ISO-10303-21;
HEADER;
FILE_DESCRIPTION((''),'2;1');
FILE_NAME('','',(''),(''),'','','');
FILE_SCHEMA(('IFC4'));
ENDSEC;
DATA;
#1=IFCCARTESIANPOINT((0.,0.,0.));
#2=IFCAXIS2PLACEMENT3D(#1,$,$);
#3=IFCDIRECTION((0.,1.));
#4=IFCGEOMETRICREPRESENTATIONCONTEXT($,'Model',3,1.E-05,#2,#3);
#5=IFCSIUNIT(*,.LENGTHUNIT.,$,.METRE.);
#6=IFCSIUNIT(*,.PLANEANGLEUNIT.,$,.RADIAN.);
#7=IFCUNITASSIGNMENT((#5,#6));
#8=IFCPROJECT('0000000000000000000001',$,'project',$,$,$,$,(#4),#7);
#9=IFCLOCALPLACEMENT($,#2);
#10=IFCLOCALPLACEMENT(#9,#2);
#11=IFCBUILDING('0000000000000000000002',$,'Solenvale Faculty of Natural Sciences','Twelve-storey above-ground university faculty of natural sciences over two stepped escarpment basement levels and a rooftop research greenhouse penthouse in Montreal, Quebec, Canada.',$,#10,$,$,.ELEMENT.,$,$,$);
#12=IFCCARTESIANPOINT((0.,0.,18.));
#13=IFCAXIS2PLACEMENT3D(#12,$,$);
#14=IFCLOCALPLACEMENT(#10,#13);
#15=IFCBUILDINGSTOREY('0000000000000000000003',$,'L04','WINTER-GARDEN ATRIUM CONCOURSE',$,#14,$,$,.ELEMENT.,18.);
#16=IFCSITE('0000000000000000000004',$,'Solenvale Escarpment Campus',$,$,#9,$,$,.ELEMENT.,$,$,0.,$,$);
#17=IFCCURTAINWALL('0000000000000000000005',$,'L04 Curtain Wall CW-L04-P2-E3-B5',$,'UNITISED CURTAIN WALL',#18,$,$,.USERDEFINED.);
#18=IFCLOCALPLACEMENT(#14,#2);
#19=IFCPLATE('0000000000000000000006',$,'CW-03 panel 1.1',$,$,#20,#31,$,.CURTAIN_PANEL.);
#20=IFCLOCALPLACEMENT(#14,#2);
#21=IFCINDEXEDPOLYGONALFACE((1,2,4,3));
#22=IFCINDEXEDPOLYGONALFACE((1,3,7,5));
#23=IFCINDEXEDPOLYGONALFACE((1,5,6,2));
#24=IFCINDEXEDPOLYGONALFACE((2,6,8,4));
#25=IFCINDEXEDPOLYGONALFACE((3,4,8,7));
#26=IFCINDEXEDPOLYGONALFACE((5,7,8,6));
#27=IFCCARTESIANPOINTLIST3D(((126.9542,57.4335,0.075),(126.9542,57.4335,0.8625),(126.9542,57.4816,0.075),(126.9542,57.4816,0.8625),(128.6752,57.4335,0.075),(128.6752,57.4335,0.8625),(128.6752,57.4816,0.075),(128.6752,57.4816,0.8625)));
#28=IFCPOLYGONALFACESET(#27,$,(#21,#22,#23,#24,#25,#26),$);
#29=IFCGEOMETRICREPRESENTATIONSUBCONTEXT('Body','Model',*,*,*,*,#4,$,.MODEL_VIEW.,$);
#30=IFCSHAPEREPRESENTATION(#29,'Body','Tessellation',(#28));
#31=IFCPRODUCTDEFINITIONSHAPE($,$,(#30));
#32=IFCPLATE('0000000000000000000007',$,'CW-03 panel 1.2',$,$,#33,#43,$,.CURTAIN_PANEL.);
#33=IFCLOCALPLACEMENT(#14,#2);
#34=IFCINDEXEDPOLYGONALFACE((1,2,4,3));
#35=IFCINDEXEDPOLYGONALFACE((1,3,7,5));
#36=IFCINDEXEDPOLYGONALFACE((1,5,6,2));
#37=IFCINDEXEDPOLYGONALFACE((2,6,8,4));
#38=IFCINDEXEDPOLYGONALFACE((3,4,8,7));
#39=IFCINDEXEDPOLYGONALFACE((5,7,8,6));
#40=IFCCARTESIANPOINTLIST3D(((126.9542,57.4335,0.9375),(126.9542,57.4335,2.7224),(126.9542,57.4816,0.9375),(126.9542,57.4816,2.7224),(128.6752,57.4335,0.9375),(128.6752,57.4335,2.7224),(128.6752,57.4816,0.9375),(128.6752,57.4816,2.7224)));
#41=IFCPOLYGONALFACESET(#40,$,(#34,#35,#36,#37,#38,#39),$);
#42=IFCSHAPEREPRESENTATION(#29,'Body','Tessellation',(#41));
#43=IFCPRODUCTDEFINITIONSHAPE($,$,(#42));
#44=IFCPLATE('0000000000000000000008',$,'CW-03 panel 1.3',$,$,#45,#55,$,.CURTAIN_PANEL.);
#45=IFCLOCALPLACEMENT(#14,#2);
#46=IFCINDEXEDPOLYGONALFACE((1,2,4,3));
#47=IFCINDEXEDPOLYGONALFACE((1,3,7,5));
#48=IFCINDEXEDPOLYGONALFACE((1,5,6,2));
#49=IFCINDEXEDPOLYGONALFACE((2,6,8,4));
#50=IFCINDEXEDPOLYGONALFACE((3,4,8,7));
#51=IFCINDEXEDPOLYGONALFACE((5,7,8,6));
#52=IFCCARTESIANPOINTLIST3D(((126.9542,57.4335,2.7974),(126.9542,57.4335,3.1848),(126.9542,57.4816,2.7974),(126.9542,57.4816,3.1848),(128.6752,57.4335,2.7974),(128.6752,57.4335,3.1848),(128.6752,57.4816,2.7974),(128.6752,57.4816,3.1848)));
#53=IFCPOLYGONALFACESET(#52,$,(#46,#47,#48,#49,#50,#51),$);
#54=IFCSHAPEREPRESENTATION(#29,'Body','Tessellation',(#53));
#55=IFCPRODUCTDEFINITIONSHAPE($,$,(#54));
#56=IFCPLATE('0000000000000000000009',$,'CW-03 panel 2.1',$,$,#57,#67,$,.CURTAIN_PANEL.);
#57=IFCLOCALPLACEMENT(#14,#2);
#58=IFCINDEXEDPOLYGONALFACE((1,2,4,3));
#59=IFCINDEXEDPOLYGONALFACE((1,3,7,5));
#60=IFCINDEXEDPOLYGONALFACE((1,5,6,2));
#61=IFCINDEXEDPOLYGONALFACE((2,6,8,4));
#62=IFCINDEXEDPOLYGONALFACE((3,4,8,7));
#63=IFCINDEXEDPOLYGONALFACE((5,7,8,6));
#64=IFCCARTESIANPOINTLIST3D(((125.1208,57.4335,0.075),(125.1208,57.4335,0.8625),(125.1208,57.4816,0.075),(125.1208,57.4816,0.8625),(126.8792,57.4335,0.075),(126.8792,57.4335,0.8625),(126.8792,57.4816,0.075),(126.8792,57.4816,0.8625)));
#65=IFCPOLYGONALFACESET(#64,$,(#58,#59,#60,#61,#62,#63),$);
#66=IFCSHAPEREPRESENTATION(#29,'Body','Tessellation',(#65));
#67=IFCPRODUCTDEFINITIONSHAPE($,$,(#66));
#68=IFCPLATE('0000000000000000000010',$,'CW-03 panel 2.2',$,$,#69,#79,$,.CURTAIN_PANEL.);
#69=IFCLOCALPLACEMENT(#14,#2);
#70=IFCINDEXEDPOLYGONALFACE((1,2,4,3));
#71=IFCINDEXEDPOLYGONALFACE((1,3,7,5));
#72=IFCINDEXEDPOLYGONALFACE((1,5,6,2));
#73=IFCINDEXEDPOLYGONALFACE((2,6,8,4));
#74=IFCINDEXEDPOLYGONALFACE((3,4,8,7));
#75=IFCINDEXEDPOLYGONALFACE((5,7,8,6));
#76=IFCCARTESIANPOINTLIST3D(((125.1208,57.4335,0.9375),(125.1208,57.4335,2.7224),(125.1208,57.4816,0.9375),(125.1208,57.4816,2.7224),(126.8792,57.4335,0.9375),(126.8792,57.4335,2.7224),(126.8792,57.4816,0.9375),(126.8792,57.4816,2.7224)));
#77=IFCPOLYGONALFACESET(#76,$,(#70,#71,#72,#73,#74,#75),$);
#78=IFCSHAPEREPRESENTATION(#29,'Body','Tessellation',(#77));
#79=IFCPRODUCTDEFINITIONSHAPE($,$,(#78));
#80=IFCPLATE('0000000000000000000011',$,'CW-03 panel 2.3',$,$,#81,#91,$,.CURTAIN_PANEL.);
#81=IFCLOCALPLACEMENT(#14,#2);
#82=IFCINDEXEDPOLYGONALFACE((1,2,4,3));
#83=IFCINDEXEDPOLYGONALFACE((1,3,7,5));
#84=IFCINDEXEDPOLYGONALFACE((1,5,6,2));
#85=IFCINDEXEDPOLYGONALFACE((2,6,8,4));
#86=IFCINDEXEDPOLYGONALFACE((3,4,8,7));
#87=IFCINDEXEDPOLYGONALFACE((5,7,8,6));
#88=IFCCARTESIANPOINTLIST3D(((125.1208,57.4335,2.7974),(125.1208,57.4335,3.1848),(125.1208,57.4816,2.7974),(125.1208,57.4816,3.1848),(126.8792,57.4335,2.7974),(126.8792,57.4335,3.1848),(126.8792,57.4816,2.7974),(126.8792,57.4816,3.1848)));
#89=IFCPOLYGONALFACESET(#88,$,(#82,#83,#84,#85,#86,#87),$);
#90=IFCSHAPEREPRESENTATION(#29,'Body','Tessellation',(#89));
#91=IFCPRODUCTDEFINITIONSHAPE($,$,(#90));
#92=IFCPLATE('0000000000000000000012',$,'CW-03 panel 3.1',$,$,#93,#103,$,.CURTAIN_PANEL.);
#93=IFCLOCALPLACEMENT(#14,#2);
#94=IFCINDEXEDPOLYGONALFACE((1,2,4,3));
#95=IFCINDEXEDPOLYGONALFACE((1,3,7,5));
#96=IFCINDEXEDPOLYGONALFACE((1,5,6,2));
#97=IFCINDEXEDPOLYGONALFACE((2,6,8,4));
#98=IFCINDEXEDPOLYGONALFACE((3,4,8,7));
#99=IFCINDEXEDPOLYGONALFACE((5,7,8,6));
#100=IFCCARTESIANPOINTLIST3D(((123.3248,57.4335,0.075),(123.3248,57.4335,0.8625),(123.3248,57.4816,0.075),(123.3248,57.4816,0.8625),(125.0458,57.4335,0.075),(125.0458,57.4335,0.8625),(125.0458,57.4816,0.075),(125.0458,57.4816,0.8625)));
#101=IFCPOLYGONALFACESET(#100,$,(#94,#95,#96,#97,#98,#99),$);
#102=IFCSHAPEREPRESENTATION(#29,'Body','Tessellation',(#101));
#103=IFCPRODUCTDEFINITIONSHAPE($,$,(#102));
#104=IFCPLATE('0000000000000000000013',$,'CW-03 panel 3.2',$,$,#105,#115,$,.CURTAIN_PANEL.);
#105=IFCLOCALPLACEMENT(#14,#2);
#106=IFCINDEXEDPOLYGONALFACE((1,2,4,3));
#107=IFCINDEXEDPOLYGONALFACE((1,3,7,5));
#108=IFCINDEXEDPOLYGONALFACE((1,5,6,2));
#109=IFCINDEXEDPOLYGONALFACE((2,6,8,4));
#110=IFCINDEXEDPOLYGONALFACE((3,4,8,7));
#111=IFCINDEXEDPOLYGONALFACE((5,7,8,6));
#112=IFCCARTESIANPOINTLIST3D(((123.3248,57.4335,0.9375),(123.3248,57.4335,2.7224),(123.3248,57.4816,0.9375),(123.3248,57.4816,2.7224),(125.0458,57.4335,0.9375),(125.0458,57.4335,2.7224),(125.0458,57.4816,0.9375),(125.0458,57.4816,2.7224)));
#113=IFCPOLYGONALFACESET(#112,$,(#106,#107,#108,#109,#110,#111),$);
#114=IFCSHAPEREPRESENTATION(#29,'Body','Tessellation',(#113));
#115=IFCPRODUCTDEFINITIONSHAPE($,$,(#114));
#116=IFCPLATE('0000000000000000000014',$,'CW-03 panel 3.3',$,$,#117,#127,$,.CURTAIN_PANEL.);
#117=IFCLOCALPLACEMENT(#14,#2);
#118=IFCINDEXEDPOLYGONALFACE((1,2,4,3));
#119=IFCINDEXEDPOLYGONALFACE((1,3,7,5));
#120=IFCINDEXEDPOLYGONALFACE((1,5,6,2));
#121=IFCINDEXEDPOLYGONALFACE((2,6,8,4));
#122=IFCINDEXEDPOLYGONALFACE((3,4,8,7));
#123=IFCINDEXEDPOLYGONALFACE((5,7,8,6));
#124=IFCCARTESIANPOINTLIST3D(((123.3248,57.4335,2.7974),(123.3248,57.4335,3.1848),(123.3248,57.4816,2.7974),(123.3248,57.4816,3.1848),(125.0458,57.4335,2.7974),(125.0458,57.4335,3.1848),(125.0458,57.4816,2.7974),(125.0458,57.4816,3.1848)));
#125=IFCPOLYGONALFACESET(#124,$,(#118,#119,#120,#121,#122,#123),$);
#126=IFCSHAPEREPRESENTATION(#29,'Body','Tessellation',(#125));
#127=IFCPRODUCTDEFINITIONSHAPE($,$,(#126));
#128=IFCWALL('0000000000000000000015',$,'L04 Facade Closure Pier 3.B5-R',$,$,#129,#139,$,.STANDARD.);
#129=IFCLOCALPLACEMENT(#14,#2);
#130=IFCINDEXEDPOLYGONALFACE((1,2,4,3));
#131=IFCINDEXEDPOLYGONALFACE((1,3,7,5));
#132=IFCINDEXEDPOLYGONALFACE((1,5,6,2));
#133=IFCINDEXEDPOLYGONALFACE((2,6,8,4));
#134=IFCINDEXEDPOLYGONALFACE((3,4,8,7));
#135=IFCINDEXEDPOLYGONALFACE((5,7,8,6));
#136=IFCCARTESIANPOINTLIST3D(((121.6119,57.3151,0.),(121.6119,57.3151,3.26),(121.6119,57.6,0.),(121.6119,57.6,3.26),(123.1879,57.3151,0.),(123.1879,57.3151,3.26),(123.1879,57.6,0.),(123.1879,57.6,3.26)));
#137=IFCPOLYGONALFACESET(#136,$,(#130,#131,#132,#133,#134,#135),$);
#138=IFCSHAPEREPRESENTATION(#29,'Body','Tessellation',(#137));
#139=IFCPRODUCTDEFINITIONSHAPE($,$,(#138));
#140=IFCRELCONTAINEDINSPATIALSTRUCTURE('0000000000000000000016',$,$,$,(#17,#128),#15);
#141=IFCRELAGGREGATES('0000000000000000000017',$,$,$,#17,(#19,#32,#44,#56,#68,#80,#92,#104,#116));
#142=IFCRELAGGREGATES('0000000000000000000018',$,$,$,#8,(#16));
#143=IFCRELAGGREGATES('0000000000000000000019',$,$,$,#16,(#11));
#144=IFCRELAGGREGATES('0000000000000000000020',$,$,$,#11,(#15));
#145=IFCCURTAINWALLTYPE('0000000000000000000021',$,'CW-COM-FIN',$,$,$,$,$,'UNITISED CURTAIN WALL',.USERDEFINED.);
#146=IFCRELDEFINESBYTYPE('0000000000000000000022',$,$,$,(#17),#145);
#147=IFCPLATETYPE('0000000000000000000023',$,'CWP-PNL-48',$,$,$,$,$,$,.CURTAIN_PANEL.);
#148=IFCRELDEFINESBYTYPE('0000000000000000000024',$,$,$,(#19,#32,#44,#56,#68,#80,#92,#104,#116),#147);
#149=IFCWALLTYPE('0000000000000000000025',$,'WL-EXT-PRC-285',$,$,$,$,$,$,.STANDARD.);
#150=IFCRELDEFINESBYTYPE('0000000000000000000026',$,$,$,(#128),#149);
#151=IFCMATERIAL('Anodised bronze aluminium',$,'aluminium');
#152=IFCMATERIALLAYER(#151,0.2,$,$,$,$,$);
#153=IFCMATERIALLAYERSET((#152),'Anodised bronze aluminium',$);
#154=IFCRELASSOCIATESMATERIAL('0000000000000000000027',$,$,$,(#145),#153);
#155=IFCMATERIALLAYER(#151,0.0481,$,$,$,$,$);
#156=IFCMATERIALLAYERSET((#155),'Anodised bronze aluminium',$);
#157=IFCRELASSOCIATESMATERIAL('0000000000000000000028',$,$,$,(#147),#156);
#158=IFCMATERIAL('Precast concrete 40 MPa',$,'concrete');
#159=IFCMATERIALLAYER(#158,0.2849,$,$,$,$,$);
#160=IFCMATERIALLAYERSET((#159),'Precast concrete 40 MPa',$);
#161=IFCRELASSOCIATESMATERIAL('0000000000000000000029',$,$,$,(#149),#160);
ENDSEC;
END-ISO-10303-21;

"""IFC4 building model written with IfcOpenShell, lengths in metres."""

from ifc_helpers import new_model, si_unit, direction, frame, frame_2d, origin, origin_2d, place, context, subcontext, project, spatial, rectangle, extrude, material, layer, layer_set, type_object, element, aggregate, save


model = new_model("IFC4")

# Units and contexts
model_context = context("Model", 3, precision=1e-05, world=origin(), true_north=direction((0.0, 1.0)))
body_context = subcontext(model_context, "Body", "Model", "MODEL_VIEW")
ifc_project = project(units=[si_unit("LENGTHUNIT", "METRE"), si_unit("PLANEANGLEUNIT", "RADIAN")], contexts=[model_context])

# Site, building, storey
site_placement = place(None, origin())
site = spatial("IfcSite", under=ifc_project, at=site_placement, Name="Solenvale Escarpment Campus", CompositionType="ELEMENT", RefElevation=0.0)
building_placement = place(site_placement, origin())
building = spatial("IfcBuilding", under=site, at=building_placement, Name="Solenvale Faculty of Natural Sciences", Description="Twelve-storey above-ground university faculty of natural sciences over two stepped escarpment basement levels and a rooftop research greenhouse penthouse in Montreal, Quebec, Canada.", CompositionType="ELEMENT")
storey_placement = place(building_placement, frame((0.0, 0.0, 18.0)))
storey = spatial("IfcBuildingStorey", under=building, at=storey_placement, Name="L04", Description="WINTER-GARDEN ATRIUM CONCOURSE", CompositionType="ELEMENT", Elevation=18.0)

# Curtain wall
ifc_material_1 = material(Name="Anodised bronze aluminium", Category="aluminium")
ifc_layer_1 = layer(ifc_material_1, 0.2)
ifc_layer_set_1 = layer_set([ifc_layer_1], Name="Anodised bronze aluminium")
curtain_wall_type = type_object("IfcCurtainWallType", Name="CW-COM-FIN", ElementType="UNITISED CURTAIN WALL", PredefinedType="USERDEFINED", material=ifc_layer_set_1)
curtain_wall_1_placement = place(storey_placement, origin())
curtain_wall_1 = element("IfcCurtainWall", 1, at=curtain_wall_1_placement, inside=storey, type_object=curtain_wall_type, Name="L04 Curtain Wall CW-L04-P2-E3-B5", ObjectType="UNITISED CURTAIN WALL", PredefinedType="USERDEFINED")

# Plates
ifc_layer_2 = layer(ifc_material_1, 0.0481)
ifc_layer_set_2 = layer_set([ifc_layer_2], Name="Anodised bronze aluminium")
plate_type = type_object("IfcPlateType", Name="CWP-PNL-48", PredefinedType="CURTAIN_PANEL", material=ifc_layer_set_2)
plate_1_placement = place(storey_placement, frame((127.8147, 57.4575, 0.075), z_axis=(0.0, 0.0, 1.0), x_axis=(-1.0, 0.0, 0.0)))
plate_1 = element("IfcPlate", 2, at=plate_1_placement, type_object=plate_type, Name="CW-03 panel 1.1", PredefinedType="CURTAIN_PANEL", context=body_context, shape_type="SweptSolid", body=[
    extrude(rectangle(XDim=1.7209, YDim=0.0481, at=origin_2d()), origin(), (0.0, 0.0, 1.0), 0.7876),
])
plate_2_placement = place(storey_placement, frame((127.8147, 57.4575, 0.9375), z_axis=(0.0, 0.0, 1.0), x_axis=(-1.0, 0.0, 0.0)))
plate_2 = element("IfcPlate", 3, at=plate_2_placement, type_object=plate_type, Name="CW-03 panel 1.2", PredefinedType="CURTAIN_PANEL", context=body_context, shape_type="SweptSolid", body=[
    extrude(rectangle(XDim=1.7209, YDim=0.0481, at=origin_2d()), origin(), (0.0, 0.0, 1.0), 1.7849),
])
plate_3_placement = place(storey_placement, frame((127.8147, 57.4575, 2.7974), z_axis=(0.0, 0.0, 1.0), x_axis=(-1.0, 0.0, 0.0)))
plate_3 = element("IfcPlate", 4, at=plate_3_placement, type_object=plate_type, Name="CW-03 panel 1.3", PredefinedType="CURTAIN_PANEL", context=body_context, shape_type="SweptSolid", body=[
    extrude(rectangle(XDim=1.7209, YDim=0.0481, at=origin_2d()), origin(), (0.0, 0.0, 1.0), 0.3875),
])
plate_4_placement = place(storey_placement, frame((126.0, 57.4575, 0.075), z_axis=(0.0, 0.0, 1.0), x_axis=(-1.0, 0.0, 0.0)))
plate_4 = element("IfcPlate", 5, at=plate_4_placement, type_object=plate_type, Name="CW-03 panel 2.1", PredefinedType="CURTAIN_PANEL", context=body_context, shape_type="SweptSolid", body=[
    extrude(rectangle(XDim=1.7583, YDim=0.0481, at=origin_2d()), origin(), (0.0, 0.0, 1.0), 0.7876),
])
plate_5_placement = place(storey_placement, frame((126.0, 57.4575, 0.9375), z_axis=(0.0, 0.0, 1.0), x_axis=(-1.0, 0.0, 0.0)))
plate_5 = element("IfcPlate", 6, at=plate_5_placement, type_object=plate_type, Name="CW-03 panel 2.2", PredefinedType="CURTAIN_PANEL", context=body_context, shape_type="SweptSolid", body=[
    extrude(rectangle(XDim=1.7583, YDim=0.0481, at=origin_2d()), origin(), (0.0, 0.0, 1.0), 1.7849),
])
plate_6_placement = place(storey_placement, frame((126.0, 57.4575, 2.7974), z_axis=(0.0, 0.0, 1.0), x_axis=(-1.0, 0.0, 0.0)))
plate_6 = element("IfcPlate", 7, at=plate_6_placement, type_object=plate_type, Name="CW-03 panel 2.3", PredefinedType="CURTAIN_PANEL", context=body_context, shape_type="SweptSolid", body=[
    extrude(rectangle(XDim=1.7583, YDim=0.0481, at=origin_2d()), origin(), (0.0, 0.0, 1.0), 0.3875),
])
plate_7_placement = place(storey_placement, frame((124.1853, 57.4575, 0.075), z_axis=(0.0, 0.0, 1.0), x_axis=(-1.0, 0.0, 0.0)))
plate_7 = element("IfcPlate", 8, at=plate_7_placement, type_object=plate_type, Name="CW-03 panel 3.1", PredefinedType="CURTAIN_PANEL", context=body_context, shape_type="SweptSolid", body=[
    extrude(rectangle(XDim=1.7209, YDim=0.0481, at=origin_2d()), origin(), (0.0, 0.0, 1.0), 0.7876),
])
plate_8_placement = place(storey_placement, frame((124.1853, 57.4575, 0.9375), z_axis=(0.0, 0.0, 1.0), x_axis=(-1.0, 0.0, 0.0)))
plate_8 = element("IfcPlate", 9, at=plate_8_placement, type_object=plate_type, Name="CW-03 panel 3.2", PredefinedType="CURTAIN_PANEL", context=body_context, shape_type="SweptSolid", body=[
    extrude(rectangle(XDim=1.7209, YDim=0.0481, at=origin_2d()), origin(), (0.0, 0.0, 1.0), 1.7849),
])
plate_9_placement = place(storey_placement, frame((124.1853, 57.4575, 2.7974), z_axis=(0.0, 0.0, 1.0), x_axis=(-1.0, 0.0, 0.0)))
plate_9 = element("IfcPlate", 10, at=plate_9_placement, type_object=plate_type, Name="CW-03 panel 3.3", PredefinedType="CURTAIN_PANEL", context=body_context, shape_type="SweptSolid", body=[
    extrude(rectangle(XDim=1.7209, YDim=0.0481, at=origin_2d()), origin(), (0.0, 0.0, 1.0), 0.3875),
])
aggregate(curtain_wall_1, [plate_1, plate_2, plate_3, plate_4, plate_5, plate_6, plate_7, plate_8, plate_9])

# Wall
ifc_material_2 = material(Name="Precast concrete 40 MPa", Category="concrete")
ifc_layer_3 = layer(ifc_material_2, 0.2849)
ifc_layer_set_3 = layer_set([ifc_layer_3], Name="Precast concrete 40 MPa")
wall_type = type_object("IfcWallType", Name="WL-EXT-PRC-285", PredefinedType="STANDARD", material=ifc_layer_set_3)
wall_placement = place(storey_placement, frame((123.188, 57.4575, 0.0), z_axis=(0.0, 0.0, 1.0), x_axis=(-1.0, 0.0, 0.0)))
element("IfcWall", 11, at=wall_placement, inside=storey, type_object=wall_type, Name="L04 Facade Closure Pier 3.B5-R", PredefinedType="STANDARD", context=body_context, shape_type="SweptSolid", body=[
    extrude(rectangle(XDim=1.5759, YDim=0.2849, at=frame_2d((0.7881, 0.0))), origin(), (0.0, 0.0, 1.0), 3.26),
])

save(model, "model.ifc")
